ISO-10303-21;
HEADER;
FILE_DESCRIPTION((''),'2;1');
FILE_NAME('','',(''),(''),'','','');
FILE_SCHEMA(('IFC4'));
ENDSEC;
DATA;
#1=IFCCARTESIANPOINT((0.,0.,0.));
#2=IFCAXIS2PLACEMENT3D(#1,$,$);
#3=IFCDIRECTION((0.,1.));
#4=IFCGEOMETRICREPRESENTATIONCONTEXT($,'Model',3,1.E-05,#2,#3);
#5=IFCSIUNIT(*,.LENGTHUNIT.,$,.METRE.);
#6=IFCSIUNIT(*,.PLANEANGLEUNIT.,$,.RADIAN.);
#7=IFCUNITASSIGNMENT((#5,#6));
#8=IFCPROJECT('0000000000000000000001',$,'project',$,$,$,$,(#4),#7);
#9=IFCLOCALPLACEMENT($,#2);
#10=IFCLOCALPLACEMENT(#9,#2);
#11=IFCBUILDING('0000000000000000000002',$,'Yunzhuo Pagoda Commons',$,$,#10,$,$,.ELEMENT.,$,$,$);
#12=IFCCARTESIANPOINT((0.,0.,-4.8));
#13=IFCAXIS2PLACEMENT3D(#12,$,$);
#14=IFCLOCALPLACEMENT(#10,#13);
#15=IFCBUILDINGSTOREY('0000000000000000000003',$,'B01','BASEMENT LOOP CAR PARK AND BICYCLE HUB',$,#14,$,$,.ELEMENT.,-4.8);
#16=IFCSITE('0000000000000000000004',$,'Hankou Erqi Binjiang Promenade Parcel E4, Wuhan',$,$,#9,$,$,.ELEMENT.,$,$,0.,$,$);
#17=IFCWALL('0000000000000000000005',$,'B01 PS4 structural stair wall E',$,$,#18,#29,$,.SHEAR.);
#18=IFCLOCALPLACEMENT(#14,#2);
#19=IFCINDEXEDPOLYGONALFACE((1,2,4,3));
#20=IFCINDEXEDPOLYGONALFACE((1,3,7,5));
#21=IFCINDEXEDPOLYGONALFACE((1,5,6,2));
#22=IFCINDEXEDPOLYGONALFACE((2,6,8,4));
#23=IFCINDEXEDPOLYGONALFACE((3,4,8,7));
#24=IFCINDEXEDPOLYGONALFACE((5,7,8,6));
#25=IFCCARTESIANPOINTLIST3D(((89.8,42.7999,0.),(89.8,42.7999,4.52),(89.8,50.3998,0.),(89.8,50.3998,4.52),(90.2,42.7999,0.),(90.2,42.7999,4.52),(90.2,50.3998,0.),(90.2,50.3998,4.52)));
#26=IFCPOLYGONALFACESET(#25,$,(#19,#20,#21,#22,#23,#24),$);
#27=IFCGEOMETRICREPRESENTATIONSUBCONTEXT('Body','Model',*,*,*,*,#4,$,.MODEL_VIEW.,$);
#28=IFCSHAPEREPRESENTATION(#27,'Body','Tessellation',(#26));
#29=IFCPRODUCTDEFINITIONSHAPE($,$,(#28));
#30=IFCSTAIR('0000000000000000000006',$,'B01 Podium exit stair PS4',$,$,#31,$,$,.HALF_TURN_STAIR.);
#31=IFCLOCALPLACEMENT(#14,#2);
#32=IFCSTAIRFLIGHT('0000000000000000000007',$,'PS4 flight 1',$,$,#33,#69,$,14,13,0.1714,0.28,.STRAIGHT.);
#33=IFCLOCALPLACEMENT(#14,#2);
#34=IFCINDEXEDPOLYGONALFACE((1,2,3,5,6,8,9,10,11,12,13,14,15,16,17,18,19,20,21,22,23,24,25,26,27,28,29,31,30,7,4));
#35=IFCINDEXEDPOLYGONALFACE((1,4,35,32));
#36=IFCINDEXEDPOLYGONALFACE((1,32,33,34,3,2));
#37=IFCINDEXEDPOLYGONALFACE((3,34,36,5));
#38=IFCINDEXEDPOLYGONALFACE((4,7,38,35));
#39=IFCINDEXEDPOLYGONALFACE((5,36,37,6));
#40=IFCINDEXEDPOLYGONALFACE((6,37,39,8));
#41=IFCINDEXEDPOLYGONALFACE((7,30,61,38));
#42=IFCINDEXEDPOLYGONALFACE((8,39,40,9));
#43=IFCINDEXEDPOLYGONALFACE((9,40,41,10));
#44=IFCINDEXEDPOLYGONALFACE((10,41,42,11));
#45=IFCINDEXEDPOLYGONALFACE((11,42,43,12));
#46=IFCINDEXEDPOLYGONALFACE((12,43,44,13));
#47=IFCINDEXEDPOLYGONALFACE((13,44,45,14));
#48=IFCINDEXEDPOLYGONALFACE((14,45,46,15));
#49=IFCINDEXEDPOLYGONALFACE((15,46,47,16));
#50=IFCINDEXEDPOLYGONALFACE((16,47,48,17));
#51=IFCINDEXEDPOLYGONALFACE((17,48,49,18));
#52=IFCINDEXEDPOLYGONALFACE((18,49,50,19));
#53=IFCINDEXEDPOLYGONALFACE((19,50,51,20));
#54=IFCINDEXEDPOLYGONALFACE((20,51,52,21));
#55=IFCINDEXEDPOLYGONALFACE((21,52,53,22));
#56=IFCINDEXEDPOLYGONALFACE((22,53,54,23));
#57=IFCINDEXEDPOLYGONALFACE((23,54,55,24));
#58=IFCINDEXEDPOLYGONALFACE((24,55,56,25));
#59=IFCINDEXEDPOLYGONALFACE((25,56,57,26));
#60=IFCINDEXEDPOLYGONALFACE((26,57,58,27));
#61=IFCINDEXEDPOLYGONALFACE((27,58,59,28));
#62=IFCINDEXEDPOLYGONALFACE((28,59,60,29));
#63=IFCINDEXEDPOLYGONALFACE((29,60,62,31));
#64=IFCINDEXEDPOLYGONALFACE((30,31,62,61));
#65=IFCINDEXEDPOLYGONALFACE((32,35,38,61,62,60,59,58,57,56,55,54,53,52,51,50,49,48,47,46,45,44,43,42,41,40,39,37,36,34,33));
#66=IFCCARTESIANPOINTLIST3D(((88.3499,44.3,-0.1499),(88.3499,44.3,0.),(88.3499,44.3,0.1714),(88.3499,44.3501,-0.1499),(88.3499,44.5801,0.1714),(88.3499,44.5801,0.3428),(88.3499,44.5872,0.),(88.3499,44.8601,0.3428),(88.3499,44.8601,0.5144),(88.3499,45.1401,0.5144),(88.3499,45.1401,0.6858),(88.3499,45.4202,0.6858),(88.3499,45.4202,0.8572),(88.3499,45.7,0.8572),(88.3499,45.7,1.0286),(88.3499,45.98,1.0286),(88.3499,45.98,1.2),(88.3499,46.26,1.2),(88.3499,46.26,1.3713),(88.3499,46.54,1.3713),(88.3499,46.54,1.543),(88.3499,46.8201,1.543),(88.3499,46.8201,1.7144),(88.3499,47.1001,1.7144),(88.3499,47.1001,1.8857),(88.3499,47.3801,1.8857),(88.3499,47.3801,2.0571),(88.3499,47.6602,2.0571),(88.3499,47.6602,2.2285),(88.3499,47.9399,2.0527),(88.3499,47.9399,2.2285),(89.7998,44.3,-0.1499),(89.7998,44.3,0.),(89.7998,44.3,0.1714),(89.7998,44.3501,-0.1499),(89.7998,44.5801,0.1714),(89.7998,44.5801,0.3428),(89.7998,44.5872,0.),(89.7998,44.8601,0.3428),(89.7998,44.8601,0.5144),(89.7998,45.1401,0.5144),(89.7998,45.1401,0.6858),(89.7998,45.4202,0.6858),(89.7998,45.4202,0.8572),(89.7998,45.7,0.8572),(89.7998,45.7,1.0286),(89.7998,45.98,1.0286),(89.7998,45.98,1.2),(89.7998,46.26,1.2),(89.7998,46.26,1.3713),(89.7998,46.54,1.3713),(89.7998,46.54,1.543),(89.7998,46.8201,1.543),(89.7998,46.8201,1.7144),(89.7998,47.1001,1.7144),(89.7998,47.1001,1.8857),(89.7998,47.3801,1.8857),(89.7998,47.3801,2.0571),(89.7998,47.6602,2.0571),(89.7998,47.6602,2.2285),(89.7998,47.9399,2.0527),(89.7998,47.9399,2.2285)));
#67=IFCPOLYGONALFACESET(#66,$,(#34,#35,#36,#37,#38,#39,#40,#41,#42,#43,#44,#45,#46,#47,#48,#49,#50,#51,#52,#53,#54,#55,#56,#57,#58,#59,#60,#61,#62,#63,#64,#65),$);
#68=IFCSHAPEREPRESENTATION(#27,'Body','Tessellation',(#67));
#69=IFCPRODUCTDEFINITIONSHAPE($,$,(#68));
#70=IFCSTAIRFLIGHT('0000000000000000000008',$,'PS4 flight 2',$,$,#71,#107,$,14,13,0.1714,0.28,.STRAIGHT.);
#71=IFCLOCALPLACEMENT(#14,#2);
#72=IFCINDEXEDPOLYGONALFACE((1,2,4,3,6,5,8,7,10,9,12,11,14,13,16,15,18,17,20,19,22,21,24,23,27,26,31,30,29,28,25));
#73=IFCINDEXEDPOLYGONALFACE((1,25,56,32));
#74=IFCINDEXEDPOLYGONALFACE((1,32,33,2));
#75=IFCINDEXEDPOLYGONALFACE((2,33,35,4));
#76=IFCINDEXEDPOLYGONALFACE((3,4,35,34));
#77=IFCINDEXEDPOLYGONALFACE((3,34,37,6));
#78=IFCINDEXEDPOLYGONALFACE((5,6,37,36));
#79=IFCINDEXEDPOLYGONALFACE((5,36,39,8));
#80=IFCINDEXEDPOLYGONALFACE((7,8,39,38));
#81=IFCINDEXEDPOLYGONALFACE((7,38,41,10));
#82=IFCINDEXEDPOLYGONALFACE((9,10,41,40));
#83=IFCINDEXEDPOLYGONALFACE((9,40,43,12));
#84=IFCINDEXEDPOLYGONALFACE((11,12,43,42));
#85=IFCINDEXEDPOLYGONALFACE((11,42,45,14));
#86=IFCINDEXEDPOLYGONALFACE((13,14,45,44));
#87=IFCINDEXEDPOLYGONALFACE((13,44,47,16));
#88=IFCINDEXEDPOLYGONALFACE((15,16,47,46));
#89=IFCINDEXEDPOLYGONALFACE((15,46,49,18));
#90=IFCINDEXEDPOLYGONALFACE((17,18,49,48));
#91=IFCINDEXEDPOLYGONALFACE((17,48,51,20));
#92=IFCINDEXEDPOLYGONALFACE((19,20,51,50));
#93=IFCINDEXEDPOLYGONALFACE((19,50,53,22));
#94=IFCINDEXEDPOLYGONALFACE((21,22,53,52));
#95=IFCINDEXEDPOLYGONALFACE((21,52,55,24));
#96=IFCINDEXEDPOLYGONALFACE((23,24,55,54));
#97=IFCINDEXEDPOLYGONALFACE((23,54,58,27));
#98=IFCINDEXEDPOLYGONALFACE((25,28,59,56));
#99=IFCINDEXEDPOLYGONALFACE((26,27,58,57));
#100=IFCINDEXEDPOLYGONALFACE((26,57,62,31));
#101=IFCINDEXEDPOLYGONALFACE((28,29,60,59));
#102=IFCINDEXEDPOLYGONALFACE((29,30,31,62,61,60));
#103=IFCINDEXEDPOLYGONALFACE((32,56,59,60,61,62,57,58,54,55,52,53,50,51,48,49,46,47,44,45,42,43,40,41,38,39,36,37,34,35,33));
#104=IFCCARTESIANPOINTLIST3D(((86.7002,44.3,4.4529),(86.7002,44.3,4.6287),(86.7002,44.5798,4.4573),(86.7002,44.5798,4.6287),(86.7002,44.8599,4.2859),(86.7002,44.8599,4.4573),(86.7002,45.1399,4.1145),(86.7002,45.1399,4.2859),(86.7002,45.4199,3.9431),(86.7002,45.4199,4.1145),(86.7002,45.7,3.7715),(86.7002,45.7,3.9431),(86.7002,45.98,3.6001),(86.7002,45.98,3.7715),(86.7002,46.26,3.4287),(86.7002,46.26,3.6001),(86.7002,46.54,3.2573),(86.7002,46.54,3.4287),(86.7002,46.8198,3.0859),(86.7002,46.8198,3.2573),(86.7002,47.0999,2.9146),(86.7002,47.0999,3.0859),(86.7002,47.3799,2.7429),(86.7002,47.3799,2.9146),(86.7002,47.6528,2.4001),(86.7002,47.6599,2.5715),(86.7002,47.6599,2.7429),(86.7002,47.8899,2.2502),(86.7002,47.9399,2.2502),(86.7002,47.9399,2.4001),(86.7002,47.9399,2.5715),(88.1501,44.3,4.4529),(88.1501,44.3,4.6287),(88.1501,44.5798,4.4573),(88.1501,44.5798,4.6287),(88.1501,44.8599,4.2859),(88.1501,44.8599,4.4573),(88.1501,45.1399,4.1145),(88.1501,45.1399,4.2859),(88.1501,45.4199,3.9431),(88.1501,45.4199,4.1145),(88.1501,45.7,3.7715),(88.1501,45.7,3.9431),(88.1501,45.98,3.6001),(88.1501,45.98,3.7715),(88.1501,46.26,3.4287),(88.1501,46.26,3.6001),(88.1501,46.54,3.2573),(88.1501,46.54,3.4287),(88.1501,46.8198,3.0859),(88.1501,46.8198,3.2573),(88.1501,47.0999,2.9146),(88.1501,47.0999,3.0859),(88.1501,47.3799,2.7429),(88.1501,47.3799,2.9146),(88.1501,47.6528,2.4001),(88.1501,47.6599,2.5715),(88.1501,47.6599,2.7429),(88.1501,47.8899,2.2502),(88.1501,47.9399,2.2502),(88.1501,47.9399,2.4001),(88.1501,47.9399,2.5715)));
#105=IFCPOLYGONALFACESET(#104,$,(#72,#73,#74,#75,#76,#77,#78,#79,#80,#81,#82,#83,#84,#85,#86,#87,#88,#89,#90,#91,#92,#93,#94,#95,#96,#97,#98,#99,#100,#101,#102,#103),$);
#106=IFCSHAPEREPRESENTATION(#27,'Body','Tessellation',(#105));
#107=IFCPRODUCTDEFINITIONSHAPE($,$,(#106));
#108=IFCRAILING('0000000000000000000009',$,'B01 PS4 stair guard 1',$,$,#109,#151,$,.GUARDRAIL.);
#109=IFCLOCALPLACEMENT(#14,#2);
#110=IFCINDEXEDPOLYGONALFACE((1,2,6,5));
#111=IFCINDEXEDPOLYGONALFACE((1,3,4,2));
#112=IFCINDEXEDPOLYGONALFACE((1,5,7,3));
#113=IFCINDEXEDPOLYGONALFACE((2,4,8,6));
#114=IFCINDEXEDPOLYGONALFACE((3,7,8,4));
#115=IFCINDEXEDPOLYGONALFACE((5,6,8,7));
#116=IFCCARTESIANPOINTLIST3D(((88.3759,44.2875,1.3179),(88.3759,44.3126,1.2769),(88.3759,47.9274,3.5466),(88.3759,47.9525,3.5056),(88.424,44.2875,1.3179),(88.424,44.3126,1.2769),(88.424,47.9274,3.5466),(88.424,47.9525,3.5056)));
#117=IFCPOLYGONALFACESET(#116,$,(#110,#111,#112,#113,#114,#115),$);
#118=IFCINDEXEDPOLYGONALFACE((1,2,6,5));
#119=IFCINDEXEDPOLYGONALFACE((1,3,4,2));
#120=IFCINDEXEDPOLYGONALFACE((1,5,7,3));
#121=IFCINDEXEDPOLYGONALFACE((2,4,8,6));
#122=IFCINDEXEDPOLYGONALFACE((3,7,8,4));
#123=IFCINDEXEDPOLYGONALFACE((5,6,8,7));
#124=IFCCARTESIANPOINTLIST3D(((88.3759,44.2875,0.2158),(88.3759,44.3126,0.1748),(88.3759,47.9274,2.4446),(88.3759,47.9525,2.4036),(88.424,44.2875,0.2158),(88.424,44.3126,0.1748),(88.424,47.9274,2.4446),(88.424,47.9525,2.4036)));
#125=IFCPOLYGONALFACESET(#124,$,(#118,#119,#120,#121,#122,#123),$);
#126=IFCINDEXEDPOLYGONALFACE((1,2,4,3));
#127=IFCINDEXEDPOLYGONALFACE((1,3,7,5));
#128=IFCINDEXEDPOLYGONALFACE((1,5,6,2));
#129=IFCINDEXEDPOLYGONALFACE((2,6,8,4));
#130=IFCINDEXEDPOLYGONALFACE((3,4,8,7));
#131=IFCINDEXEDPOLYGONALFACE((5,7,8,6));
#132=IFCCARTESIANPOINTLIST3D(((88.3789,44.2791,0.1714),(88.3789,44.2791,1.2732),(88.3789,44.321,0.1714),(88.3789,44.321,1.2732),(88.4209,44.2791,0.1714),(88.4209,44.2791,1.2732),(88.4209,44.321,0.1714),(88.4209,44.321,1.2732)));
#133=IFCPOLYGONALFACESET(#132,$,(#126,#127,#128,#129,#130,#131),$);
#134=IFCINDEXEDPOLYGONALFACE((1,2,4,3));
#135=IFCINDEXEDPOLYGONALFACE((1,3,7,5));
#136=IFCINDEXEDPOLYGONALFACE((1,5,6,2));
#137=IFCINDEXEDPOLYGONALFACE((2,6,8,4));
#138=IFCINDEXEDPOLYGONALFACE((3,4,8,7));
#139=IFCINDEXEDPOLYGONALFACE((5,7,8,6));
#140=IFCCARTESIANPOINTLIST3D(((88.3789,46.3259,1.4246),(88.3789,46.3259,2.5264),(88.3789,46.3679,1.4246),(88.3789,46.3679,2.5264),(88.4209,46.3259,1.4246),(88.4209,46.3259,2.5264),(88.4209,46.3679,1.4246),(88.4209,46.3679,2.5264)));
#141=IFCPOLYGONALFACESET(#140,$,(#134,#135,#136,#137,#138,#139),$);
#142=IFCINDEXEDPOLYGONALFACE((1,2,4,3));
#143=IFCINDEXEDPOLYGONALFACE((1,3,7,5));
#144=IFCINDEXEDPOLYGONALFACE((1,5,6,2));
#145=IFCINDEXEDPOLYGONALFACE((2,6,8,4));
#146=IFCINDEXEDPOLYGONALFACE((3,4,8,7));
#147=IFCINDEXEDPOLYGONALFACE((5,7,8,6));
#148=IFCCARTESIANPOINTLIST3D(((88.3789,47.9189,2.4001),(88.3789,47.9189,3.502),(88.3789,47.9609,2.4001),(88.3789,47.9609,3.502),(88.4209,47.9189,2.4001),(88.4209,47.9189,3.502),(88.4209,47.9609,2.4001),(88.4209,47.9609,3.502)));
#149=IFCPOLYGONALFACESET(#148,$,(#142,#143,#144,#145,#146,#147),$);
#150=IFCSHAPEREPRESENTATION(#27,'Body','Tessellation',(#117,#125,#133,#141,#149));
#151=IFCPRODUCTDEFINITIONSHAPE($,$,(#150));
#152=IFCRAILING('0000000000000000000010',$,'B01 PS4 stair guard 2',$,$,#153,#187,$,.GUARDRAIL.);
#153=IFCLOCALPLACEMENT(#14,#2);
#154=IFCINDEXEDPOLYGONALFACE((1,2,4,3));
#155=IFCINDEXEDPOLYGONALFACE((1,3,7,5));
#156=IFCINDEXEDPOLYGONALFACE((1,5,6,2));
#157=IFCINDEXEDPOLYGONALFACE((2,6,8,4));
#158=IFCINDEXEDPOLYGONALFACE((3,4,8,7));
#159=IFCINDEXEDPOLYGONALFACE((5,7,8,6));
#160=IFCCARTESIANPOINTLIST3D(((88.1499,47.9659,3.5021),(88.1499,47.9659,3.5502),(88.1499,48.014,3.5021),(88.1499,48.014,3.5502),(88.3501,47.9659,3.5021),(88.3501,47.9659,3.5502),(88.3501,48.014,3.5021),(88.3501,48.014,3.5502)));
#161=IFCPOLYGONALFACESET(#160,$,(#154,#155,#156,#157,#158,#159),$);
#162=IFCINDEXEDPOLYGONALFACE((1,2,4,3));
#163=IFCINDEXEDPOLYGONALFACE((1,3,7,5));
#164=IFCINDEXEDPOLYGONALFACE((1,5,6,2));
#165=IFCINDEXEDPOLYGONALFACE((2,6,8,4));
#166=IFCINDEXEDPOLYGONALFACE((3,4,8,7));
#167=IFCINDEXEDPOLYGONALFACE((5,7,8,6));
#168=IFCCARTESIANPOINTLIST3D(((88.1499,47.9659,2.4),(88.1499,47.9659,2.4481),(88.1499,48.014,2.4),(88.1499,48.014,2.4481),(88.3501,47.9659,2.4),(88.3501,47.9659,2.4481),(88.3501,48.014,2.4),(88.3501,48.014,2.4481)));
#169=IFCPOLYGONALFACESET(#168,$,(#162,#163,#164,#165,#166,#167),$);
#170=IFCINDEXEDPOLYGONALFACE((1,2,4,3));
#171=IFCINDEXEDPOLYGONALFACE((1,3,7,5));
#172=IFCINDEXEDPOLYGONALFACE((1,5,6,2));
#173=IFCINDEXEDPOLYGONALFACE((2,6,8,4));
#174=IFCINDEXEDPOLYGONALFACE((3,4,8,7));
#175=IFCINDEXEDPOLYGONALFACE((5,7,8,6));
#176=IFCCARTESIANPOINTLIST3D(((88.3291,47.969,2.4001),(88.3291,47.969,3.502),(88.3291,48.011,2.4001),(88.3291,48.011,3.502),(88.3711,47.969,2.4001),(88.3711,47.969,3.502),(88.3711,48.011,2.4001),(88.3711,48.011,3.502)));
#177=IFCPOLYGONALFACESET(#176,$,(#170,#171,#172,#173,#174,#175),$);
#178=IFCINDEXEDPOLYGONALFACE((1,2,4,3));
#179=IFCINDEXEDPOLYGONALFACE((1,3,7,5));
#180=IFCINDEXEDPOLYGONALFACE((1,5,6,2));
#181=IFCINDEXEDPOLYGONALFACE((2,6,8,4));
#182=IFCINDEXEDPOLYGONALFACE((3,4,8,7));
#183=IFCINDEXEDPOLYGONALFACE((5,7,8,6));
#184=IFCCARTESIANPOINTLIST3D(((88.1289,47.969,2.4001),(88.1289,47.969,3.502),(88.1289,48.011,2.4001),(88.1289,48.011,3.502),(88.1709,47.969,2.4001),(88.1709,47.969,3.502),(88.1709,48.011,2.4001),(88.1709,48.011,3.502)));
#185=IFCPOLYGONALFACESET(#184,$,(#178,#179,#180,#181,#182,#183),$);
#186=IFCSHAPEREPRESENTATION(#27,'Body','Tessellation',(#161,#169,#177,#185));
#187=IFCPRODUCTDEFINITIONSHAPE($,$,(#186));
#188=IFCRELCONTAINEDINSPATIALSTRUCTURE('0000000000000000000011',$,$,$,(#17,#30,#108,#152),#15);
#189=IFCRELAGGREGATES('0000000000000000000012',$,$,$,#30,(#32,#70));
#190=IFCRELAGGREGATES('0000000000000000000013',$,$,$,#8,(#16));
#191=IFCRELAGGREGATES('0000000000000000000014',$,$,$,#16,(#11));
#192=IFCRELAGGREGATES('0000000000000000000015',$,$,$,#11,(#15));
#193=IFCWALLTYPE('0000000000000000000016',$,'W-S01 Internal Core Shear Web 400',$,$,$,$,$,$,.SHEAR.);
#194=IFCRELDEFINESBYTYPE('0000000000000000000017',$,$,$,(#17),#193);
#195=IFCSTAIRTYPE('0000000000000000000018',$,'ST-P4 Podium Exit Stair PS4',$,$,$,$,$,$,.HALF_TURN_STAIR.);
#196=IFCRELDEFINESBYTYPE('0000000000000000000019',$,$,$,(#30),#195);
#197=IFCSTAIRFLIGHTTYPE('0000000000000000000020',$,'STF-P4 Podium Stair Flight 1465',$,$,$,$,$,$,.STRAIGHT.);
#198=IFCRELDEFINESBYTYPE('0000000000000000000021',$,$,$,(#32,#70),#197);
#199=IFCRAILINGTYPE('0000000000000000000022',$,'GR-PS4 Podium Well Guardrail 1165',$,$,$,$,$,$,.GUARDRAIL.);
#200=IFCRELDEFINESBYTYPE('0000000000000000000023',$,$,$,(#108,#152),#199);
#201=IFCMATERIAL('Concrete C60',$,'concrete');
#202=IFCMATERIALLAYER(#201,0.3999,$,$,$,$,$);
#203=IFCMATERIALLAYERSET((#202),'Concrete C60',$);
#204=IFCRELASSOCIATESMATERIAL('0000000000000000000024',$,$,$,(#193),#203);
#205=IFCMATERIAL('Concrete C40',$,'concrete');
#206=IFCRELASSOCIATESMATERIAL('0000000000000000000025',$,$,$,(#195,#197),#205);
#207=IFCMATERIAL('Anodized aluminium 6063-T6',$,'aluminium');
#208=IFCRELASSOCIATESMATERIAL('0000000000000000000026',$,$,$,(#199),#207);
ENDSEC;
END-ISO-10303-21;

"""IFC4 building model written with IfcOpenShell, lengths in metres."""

from ifc_helpers import new_model, si_unit, direction, frame, frame_2d, origin, origin_2d, place, context, subcontext, project, spatial, polyline, rectangle, outline, extrude, source, transform, mapped, material, layer, layer_set, type_object, element, aggregate, save


model = new_model("IFC4")

# Units and contexts
model_context = context("Model", 3, precision=1e-05, world=origin(), true_north=direction((0.0, 1.0)))
body_context = subcontext(model_context, "Body", "Model", "MODEL_VIEW")
ifc_project = project(units=[si_unit("LENGTHUNIT", "METRE"), si_unit("PLANEANGLEUNIT", "RADIAN")], contexts=[model_context])

# Site, building, storey
site_placement = place(None, origin())
site = spatial("IfcSite", under=ifc_project, at=site_placement, Name="Hankou Erqi Binjiang Promenade Parcel E4, Wuhan", CompositionType="ELEMENT", RefElevation=0.0)
building_placement = place(site_placement, origin())
building = spatial("IfcBuilding", under=site, at=building_placement, Name="Yunzhuo Pagoda Commons", CompositionType="ELEMENT")
storey_placement = place(building_placement, frame((0.0, 0.0, -4.8)))
storey = spatial("IfcBuildingStorey", under=building, at=storey_placement, Name="B01", Description="BASEMENT LOOP CAR PARK AND BICYCLE HUB", CompositionType="ELEMENT", Elevation=-4.8)

# Shared definitions
ifc_material_1 = material(Name="Concrete C40", Category="concrete")

# Wall
ifc_material_2 = material(Name="Concrete C60", Category="concrete")
ifc_layer_1 = layer(ifc_material_2, 0.3999)
ifc_layer_set_1 = layer_set([ifc_layer_1], Name="Concrete C60")
wall_type = type_object("IfcWallType", Name="W-S01 Internal Core Shear Web 400", PredefinedType="SHEAR", material=ifc_layer_set_1)
for number, where, z_axis, x_axis, name in (
    (1, (90.0, 42.8, 0.0), (0.0, 0.0, 1.0), (0.0, 1.0, 0.0), "B01 PS4 structural stair wall E"),
):
    element("IfcWall", number, at=place(storey_placement, frame(where, z_axis=z_axis, x_axis=x_axis)), inside=storey, type_object=wall_type, Name=name, PredefinedType="SHEAR", context=body_context, shape_type="SweptSolid", body=[
        extrude(rectangle(XDim=7.5999, YDim=0.3999, at=frame_2d((3.7998, 0.0))), origin(), (0.0, 0.0, 1.0), 4.52),
    ])

# Stair, stair flights
stair_type = type_object("IfcStairType", Name="ST-P4 Podium Exit Stair PS4", PredefinedType="HALF_TURN_STAIR", material=ifc_material_1)
stair_placement = place(storey_placement, origin())
stair = element("IfcStair", 2, at=stair_placement, inside=storey, type_object=stair_type, Name="B01 Podium exit stair PS4", PredefinedType="HALF_TURN_STAIR")
stair_flight_type = type_object("IfcStairFlightType", Name="STF-P4 Podium Stair Flight 1465", PredefinedType="STRAIGHT", material=ifc_material_1)
shared_shape_1 = source(origin(), body_context, "Body", "SweptSolid", [
    extrude(outline(polyline([(0.0, -0.1499), (0.0, 0.0), (0.0, 0.1714), (0.28, 0.1714), (0.28, 0.3428), (0.5601, 0.3428), (0.5601, 0.5144), (0.8401, 0.5144), (0.8401, 0.6858), (1.1201, 0.6858), (1.1201, 0.8572), (1.3999, 0.8572), (1.3999, 1.0286), (1.6799, 1.0286), (1.6799, 1.2), (1.96, 1.2), (1.96, 1.3713), (2.24, 1.3713), (2.24, 1.543), (2.52, 1.543), (2.52, 1.7144), (2.8, 1.7144), (2.8, 1.8857), (3.0801, 1.8857), (3.0801, 2.0571), (3.3601, 2.0571), (3.3601, 2.2285), (3.6399, 2.2285), (3.6399, 2.3999), (3.6399, 2.0527), (0.2871, 0.0), (0.05, -0.1499), (0.0, -0.1499)])), frame((0.0, 0.7251, 0.0), z_axis=(0.0, -1.0, 0.0), x_axis=(1.0, 0.0, 0.0)), (0.0, 0.0, 1.0), 1.45),
])
stair_flight_1_placement = place(storey_placement, frame((89.075, 44.3, 0.0), z_axis=(0.0, 0.0, 1.0), x_axis=(0.0, 1.0, 0.0)))
stair_flight_1 = element("IfcStairFlight", 3, at=stair_flight_1_placement, type_object=stair_flight_type, Name="PS4 flight 1", NumberOfRisers=14, NumberOfTreads=13, PredefinedType="STRAIGHT", RiserHeight=0.1714, TreadLength=0.28, context=body_context, shape_type="MappedRepresentation", body=[
    mapped(shared_shape_1, transform((0.0, 0.0, 0.0), scale=1.0)),
])
stair_flight_2_placement = place(storey_placement, frame((87.425, 47.9399, 2.4001), z_axis=(0.0, 0.0, 1.0), x_axis=(0.0, -1.0, 0.0)))
stair_flight_2 = element("IfcStairFlight", 4, at=stair_flight_2_placement, type_object=stair_flight_type, Name="PS4 flight 2", NumberOfRisers=14, NumberOfTreads=13, PredefinedType="STRAIGHT", RiserHeight=0.1714, TreadLength=0.28, context=body_context, shape_type="MappedRepresentation", body=[
    mapped(shared_shape_1, transform((0.0, 0.0, 0.0), scale=1.0)),
])
aggregate(stair, [stair_flight_1, stair_flight_2])

# Railings
ifc_material_3 = material(Name="Anodized aluminium 6063-T6", Category="aluminium")
railing_type_1 = type_object("IfcRailingType", Name="GR-PS4 Podium Well Guardrail 1165", PredefinedType="GUARDRAIL", material=ifc_material_3)
railing_1_placement = place(storey_placement, frame((88.3999, 44.3, 0.1714)))
element("IfcRailing", 5, at=railing_1_placement, inside=storey, type_object=railing_type_1, Name="B01 PS4 stair guard 1", PredefinedType="GUARDRAIL", context=body_context, shape_type="SweptSolid", body=[
    extrude(rectangle(XDim=0.0481, YDim=0.0481, at=origin_2d()), frame((0.0, 0.0, 1.126), z_axis=(0.0, 0.852825, 0.522197), x_axis=(-1.0, 0.0, 0.0)), (0.0, 0.0, 1.0), 4.2681),
    extrude(rectangle(XDim=0.0481, YDim=0.0481, at=origin_2d()), frame((0.0, 0.0, 0.0239), z_axis=(0.0, 0.852825, 0.522197), x_axis=(-1.0, 0.0, 0.0)), (0.0, 0.0, 1.0), 4.2681),
    extrude(rectangle(XDim=0.042, YDim=0.042, at=origin_2d()), origin(), (0.0, 0.0, 1.0), 1.1018),
    extrude(rectangle(XDim=0.042, YDim=0.042, at=origin_2d()), frame((0.0, 2.0469, 1.2532)), (0.0, 0.0, 1.0), 1.1018),
    extrude(rectangle(XDim=0.042, YDim=0.042, at=origin_2d()), frame((0.0, 3.6399, 2.2288)), (0.0, 0.0, 1.0), 1.1018),
])
railing_2_placement = place(storey_placement, frame((88.3501, 47.99, 2.4001)))
element("IfcRailing", 6, at=railing_2_placement, inside=storey, type_object=railing_type_1, Name="B01 PS4 stair guard 2", PredefinedType="GUARDRAIL", context=body_context, shape_type="SweptSolid", body=[
    extrude(rectangle(XDim=0.0481, YDim=0.0481, at=origin_2d()), frame((0.0, 0.0, 1.126), z_axis=(-1.0, 0.0, 0.0), x_axis=(0.0, -1.0, 0.0)), (0.0, 0.0, 1.0), 0.2002),
    extrude(rectangle(XDim=0.0481, YDim=0.0481, at=origin_2d()), frame((0.0, 0.0, 0.0239), z_axis=(-1.0, 0.0, 0.0), x_axis=(0.0, -1.0, 0.0)), (0.0, 0.0, 1.0), 0.2002),
    extrude(rectangle(XDim=0.042, YDim=0.042, at=origin_2d()), origin(), (0.0, 0.0, 1.0), 1.1018),
    extrude(rectangle(XDim=0.042, YDim=0.042, at=origin_2d()), frame((-0.2002, 0.0, 0.0)), (0.0, 0.0, 1.0), 1.1018),
])

save(model, "model.ifc")
